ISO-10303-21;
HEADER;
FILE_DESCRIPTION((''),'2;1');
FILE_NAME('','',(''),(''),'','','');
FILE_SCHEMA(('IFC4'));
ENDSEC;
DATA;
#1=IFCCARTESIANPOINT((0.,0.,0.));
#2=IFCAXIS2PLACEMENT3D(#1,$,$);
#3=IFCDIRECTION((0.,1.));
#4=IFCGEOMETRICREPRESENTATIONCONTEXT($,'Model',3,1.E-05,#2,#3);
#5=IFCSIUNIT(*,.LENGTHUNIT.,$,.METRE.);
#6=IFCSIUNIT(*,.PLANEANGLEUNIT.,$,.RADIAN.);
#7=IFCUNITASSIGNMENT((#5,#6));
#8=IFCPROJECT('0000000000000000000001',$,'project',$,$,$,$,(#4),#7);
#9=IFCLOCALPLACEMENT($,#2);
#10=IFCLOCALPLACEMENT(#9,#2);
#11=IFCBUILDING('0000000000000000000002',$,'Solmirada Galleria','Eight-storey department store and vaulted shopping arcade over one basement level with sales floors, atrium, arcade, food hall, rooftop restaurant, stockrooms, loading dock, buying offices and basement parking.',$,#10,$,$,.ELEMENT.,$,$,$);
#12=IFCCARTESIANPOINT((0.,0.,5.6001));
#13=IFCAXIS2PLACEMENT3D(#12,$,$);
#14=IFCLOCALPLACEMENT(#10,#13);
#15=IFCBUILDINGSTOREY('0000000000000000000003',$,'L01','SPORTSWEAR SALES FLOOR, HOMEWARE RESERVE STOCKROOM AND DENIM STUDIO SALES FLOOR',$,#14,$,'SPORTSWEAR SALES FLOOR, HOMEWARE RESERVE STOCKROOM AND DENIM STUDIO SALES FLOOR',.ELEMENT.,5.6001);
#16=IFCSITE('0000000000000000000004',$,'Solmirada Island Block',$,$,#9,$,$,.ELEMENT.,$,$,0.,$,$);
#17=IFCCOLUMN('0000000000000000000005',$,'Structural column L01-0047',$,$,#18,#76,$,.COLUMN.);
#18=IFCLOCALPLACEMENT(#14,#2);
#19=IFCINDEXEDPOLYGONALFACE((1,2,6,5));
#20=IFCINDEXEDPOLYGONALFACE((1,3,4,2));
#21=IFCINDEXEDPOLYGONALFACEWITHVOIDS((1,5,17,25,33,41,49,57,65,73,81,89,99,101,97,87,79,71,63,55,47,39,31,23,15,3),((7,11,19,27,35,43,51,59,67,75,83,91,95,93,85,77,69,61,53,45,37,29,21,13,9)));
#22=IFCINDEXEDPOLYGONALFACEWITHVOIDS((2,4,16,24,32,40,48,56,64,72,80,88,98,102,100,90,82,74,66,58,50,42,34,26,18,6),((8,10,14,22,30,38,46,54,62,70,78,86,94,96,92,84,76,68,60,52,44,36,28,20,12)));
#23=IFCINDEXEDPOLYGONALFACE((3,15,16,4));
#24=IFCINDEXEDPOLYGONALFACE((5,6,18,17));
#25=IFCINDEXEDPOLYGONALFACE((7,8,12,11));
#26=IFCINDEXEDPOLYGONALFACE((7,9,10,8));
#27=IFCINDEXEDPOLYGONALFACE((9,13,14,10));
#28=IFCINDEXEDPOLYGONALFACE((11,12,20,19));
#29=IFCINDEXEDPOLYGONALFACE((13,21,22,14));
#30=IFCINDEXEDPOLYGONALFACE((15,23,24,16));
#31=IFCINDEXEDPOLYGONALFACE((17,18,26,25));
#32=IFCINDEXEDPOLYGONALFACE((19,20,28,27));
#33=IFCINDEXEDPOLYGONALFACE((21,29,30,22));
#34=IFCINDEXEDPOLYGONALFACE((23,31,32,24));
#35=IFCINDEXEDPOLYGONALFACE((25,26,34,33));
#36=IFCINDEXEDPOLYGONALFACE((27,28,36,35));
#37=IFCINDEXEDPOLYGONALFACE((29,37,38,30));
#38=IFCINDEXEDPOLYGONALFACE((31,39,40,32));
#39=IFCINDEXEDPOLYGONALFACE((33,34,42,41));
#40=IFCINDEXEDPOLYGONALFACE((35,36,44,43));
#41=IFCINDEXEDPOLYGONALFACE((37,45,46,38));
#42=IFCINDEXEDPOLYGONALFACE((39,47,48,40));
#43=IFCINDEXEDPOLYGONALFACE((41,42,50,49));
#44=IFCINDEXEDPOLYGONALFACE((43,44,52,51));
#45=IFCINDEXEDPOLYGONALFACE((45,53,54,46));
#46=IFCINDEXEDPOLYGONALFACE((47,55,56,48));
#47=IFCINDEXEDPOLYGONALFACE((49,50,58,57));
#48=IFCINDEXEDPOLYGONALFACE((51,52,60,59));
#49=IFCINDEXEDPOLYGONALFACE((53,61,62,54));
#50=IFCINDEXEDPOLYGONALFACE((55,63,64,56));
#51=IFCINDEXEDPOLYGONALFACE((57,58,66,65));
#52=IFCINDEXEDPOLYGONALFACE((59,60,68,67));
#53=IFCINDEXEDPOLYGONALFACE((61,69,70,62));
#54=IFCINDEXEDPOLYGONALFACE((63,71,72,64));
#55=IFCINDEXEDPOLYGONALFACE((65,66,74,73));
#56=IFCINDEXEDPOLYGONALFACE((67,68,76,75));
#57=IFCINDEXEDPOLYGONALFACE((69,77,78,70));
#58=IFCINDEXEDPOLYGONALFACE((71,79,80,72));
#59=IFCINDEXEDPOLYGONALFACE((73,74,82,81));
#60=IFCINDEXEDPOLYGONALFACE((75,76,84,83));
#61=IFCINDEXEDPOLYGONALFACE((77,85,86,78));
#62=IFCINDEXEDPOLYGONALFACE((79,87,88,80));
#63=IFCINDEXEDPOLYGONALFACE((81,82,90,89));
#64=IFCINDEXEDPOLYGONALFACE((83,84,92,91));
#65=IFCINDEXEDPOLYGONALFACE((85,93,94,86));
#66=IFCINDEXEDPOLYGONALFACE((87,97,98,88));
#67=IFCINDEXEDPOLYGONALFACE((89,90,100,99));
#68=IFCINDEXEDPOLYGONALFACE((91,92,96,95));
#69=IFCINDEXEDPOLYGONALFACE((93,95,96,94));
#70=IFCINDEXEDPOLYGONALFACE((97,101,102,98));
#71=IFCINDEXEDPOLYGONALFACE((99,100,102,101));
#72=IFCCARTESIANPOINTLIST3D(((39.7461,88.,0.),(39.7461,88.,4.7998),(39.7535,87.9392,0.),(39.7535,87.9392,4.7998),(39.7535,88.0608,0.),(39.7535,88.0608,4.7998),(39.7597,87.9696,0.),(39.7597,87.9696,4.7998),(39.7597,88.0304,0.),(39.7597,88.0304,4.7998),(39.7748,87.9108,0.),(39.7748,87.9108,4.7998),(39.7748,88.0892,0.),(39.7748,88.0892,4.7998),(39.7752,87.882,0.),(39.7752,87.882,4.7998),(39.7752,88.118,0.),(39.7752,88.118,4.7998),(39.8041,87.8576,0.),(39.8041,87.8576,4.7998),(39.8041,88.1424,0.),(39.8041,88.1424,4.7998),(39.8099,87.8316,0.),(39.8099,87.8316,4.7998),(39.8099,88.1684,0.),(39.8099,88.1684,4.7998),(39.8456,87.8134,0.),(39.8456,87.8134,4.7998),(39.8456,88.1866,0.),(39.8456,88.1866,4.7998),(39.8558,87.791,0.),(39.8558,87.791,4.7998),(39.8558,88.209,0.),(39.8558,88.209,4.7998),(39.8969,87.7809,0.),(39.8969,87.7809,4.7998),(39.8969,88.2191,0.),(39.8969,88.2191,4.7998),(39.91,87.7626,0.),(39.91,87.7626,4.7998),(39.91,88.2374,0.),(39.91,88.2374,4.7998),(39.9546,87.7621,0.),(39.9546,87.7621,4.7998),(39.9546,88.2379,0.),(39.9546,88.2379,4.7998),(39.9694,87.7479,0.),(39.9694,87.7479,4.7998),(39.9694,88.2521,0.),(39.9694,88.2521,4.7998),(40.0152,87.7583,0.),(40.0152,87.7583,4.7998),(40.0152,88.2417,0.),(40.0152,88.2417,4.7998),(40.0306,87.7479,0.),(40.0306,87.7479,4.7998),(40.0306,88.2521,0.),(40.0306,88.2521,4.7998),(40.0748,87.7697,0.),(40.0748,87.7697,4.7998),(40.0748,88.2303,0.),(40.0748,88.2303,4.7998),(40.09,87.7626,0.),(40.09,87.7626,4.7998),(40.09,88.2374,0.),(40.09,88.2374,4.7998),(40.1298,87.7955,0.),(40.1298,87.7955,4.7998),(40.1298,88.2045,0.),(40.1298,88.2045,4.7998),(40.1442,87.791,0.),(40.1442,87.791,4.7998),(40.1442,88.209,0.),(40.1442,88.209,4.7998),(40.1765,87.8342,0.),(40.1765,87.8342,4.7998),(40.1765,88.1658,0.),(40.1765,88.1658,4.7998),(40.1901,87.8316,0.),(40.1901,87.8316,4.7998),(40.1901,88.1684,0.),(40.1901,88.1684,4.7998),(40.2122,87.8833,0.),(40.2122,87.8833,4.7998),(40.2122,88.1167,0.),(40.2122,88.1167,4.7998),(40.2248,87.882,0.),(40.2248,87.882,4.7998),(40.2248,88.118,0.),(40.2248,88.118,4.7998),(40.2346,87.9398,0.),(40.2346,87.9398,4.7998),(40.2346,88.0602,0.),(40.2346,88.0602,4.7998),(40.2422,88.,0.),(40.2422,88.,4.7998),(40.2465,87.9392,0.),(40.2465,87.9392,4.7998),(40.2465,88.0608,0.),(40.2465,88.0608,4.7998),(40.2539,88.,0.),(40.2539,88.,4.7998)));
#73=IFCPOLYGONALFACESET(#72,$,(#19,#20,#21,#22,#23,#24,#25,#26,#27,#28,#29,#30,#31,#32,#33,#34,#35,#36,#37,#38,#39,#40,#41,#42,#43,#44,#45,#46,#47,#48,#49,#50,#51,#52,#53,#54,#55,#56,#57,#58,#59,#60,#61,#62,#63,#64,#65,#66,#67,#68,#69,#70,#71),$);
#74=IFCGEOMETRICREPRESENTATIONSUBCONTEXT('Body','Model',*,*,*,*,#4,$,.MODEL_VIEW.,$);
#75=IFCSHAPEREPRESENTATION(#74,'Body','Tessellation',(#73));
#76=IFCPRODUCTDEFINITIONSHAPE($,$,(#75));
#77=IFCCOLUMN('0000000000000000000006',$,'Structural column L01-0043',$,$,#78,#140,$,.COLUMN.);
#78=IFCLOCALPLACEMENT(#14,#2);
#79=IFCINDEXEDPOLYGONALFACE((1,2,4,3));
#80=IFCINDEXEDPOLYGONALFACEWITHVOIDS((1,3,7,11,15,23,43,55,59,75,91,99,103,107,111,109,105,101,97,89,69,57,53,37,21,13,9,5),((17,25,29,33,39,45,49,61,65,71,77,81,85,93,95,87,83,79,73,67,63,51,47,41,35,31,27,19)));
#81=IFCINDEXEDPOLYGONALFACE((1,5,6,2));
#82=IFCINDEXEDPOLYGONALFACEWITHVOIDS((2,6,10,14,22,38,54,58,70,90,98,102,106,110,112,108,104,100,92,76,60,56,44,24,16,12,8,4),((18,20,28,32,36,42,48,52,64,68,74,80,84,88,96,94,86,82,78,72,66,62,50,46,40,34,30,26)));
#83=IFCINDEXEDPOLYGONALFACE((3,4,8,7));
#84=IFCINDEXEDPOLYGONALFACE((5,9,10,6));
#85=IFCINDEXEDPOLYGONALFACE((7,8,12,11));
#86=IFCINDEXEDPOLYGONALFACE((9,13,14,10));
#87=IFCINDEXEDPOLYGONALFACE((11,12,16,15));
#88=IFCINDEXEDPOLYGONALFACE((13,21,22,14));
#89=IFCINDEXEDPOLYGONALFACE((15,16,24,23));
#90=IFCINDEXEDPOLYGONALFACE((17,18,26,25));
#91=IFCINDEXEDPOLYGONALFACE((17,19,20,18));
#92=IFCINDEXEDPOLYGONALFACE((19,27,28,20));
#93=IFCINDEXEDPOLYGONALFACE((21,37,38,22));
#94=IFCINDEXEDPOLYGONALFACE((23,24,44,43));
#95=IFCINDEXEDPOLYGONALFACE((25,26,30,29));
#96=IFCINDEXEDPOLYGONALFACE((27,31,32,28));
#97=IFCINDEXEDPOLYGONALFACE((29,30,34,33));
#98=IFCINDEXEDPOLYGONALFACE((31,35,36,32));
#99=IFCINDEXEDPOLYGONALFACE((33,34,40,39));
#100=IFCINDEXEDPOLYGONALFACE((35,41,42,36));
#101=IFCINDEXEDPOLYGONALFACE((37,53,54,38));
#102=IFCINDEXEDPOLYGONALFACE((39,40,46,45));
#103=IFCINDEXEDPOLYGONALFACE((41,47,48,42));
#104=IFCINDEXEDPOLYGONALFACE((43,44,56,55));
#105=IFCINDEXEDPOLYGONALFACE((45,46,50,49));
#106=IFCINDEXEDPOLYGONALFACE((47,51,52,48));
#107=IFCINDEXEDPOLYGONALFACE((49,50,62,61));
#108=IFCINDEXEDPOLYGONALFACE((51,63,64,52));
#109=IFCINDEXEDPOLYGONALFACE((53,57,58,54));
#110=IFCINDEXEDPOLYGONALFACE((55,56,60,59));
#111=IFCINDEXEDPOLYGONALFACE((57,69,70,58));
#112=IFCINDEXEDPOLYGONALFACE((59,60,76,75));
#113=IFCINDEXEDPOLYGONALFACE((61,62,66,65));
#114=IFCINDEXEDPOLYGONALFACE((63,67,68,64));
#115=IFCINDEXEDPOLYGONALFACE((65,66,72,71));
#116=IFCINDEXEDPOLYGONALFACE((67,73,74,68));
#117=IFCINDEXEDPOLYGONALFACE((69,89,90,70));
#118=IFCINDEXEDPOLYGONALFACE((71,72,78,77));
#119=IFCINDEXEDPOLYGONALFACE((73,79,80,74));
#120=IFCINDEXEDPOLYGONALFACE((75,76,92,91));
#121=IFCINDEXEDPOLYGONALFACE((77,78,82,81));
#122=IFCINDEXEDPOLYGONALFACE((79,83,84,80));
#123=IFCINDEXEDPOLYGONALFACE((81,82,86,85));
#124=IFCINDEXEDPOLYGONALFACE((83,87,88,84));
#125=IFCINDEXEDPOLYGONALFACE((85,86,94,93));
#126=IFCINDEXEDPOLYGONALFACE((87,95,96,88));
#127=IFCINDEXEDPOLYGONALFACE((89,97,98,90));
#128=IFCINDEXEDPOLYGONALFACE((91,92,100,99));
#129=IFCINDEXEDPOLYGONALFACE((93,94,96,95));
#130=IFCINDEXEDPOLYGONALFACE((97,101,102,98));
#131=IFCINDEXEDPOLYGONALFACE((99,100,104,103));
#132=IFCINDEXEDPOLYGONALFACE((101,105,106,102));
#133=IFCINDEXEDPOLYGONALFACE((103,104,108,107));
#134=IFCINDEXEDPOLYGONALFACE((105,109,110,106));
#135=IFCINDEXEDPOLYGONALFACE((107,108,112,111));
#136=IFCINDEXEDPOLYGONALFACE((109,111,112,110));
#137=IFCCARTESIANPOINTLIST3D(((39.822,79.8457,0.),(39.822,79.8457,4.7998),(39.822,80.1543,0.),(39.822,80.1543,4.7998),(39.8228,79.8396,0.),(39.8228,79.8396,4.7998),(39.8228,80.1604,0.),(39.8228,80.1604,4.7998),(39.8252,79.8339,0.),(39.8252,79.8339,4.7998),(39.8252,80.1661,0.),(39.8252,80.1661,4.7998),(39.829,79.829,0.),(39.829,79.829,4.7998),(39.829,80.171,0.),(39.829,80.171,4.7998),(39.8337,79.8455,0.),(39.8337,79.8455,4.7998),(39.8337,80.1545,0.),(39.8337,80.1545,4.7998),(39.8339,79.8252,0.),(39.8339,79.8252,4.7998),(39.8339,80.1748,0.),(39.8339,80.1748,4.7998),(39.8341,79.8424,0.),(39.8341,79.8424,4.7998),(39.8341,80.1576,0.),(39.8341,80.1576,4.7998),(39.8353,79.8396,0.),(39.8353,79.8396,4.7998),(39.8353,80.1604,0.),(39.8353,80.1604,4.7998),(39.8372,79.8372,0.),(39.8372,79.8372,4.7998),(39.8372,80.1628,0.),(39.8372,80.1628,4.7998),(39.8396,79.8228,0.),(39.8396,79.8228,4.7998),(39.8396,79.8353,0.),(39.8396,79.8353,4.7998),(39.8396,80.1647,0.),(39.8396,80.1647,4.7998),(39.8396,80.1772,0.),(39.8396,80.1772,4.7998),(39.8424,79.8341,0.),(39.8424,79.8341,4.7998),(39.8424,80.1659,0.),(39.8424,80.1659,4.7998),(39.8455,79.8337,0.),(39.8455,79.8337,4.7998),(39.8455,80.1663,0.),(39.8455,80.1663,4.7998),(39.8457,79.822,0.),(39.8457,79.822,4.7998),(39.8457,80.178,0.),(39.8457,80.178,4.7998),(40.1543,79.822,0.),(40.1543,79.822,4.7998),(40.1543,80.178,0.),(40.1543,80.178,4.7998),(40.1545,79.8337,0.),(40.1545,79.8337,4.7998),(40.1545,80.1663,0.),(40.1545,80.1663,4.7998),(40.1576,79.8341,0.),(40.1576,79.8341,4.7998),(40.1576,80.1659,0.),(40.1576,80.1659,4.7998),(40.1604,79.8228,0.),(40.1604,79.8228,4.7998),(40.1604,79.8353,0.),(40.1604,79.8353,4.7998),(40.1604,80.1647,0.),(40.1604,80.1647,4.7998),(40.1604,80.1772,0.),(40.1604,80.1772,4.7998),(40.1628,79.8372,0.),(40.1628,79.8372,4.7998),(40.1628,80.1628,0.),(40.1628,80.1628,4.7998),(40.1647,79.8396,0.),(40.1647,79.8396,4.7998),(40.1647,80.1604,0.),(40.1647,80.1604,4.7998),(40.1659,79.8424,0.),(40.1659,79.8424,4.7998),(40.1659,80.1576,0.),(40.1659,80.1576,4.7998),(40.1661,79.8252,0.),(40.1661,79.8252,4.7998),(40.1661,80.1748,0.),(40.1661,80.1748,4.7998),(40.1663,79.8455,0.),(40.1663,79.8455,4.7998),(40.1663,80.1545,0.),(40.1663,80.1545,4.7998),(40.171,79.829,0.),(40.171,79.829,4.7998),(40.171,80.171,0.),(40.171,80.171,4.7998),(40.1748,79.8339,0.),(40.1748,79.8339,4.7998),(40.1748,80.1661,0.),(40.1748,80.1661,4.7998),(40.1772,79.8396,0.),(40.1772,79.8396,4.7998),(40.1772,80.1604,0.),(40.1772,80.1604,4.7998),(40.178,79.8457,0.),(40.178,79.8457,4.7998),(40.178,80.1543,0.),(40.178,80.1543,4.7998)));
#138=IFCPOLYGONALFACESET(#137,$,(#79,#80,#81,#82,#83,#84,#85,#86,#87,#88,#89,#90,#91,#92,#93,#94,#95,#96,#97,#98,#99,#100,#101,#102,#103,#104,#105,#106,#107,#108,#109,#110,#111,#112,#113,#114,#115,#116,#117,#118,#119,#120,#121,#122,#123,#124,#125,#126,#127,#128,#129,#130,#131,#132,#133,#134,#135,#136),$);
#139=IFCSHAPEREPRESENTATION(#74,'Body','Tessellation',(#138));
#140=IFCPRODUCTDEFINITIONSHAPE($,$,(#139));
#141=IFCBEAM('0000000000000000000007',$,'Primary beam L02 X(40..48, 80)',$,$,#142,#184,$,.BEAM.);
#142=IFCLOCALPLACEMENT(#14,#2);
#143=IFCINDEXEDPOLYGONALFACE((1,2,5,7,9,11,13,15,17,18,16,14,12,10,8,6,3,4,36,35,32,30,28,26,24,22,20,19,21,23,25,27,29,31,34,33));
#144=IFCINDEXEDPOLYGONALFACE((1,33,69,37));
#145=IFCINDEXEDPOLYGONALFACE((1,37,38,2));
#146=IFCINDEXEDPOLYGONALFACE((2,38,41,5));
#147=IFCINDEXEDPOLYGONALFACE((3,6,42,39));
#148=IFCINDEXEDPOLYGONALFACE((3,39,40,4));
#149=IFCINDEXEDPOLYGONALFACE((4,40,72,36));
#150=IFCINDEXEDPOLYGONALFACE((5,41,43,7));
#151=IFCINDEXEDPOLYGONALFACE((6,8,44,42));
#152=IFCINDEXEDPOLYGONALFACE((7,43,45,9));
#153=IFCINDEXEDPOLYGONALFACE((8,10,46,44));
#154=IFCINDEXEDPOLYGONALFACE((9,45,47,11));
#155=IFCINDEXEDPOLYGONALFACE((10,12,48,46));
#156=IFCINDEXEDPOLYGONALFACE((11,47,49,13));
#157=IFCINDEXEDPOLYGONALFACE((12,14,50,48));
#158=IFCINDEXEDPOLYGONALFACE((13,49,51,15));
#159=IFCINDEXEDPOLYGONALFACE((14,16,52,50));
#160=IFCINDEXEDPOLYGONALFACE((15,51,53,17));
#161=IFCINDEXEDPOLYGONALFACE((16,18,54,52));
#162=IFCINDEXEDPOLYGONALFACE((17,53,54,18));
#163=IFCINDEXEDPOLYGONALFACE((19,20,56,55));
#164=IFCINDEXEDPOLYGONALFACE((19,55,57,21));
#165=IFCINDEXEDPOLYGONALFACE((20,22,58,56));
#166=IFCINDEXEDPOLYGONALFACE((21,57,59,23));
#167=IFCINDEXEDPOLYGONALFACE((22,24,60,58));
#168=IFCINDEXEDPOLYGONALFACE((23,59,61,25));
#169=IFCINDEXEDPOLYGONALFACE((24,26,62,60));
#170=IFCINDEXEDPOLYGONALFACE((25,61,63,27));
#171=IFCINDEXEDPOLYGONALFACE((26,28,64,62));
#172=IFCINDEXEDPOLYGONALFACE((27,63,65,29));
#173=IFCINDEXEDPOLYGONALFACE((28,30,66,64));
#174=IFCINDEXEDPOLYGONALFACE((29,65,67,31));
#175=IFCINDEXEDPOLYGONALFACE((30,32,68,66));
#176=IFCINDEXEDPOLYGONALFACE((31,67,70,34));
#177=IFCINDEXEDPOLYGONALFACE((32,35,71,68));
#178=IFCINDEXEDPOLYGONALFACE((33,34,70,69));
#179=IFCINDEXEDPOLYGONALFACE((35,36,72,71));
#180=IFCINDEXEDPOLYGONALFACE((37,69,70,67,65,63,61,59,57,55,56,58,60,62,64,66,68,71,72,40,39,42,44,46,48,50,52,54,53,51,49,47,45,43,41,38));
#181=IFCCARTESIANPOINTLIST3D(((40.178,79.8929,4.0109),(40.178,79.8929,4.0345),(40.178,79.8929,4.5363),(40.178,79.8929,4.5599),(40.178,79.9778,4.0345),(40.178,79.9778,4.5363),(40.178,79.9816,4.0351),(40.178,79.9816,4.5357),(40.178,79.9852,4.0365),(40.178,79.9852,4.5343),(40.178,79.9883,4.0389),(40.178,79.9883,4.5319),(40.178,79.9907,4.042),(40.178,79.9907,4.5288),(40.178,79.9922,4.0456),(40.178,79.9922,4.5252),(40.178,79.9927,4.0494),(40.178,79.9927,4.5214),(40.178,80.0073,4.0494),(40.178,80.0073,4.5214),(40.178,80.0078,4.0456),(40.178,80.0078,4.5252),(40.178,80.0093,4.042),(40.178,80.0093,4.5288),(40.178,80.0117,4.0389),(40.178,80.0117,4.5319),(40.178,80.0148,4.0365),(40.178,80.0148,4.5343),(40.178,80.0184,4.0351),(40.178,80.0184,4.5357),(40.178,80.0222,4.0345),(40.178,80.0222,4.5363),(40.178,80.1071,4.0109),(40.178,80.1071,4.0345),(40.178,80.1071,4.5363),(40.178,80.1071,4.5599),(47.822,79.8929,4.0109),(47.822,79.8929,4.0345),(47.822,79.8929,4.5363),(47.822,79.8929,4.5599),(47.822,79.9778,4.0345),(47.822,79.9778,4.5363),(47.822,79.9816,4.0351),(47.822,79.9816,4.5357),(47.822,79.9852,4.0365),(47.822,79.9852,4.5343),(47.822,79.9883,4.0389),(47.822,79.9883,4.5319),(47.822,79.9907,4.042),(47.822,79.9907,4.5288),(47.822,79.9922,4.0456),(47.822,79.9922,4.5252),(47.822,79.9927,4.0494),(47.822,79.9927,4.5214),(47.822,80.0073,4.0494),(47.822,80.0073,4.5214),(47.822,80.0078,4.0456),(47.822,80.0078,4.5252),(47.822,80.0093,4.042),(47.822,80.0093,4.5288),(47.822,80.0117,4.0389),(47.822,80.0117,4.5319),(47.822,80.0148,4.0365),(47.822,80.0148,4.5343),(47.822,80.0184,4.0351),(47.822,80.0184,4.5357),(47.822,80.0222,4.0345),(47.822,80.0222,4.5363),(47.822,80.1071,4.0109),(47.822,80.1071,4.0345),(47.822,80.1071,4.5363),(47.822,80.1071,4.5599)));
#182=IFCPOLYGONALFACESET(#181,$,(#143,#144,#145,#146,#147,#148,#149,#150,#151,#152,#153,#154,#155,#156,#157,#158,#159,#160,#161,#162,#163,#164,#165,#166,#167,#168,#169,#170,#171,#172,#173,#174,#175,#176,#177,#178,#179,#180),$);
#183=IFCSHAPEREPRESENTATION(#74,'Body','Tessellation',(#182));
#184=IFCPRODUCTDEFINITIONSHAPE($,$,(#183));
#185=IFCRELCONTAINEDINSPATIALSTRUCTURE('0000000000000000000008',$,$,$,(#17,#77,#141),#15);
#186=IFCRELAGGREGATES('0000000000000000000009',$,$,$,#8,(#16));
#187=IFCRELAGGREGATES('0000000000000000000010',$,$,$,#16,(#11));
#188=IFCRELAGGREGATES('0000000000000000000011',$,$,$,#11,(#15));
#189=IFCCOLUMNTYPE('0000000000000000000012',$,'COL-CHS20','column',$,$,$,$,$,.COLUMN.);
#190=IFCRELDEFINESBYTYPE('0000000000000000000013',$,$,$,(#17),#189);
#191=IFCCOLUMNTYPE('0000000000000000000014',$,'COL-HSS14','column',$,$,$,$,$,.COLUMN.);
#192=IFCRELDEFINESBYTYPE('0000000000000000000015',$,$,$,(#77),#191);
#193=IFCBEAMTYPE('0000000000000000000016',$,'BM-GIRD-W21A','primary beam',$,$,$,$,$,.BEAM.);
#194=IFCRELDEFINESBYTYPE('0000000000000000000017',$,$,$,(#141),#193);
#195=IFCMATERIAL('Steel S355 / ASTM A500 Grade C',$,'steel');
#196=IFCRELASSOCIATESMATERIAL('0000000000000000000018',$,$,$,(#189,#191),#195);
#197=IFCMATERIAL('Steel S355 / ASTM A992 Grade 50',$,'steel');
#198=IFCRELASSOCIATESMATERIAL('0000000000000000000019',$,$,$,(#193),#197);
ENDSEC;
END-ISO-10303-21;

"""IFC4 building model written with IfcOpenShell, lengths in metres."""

from ifc_helpers import new_model, si_unit, direction, frame, origin, origin_2d, place, context, subcontext, project, spatial, hollow_rectangle, hollow_circle, i_section, extrude, material, material_profile, profile_set, type_object, element, save


model = new_model("IFC4")

# Units and contexts
model_context = context("Model", 3, precision=1e-05, world=origin(), true_north=direction((0.0, 1.0)))
body_context = subcontext(model_context, "Body", "Model", "MODEL_VIEW")
ifc_project = project(units=[si_unit("LENGTHUNIT", "METRE"), si_unit("PLANEANGLEUNIT", "RADIAN")], contexts=[model_context])

# Site, building, storey
site_placement = place(None, origin())
site = spatial("IfcSite", under=ifc_project, at=site_placement, Name="Solmirada Island Block", CompositionType="ELEMENT", RefElevation=0.0)
building_placement = place(site_placement, origin())
building = spatial("IfcBuilding", under=site, at=building_placement, Name="Solmirada Galleria", Description="Eight-storey department store and vaulted shopping arcade over one basement level with sales floors, atrium, arcade, food hall, rooftop restaurant, stockrooms, loading dock, buying offices and basement parking.", CompositionType="ELEMENT")
storey_placement = place(building_placement, frame((0.0, 0.0, 5.6001)))
storey = spatial("IfcBuildingStorey", under=building, at=storey_placement, Name="L01", Description="SPORTSWEAR SALES FLOOR, HOMEWARE RESERVE STOCKROOM AND DENIM STUDIO SALES FLOOR", LongName="SPORTSWEAR SALES FLOOR, HOMEWARE RESERVE STOCKROOM AND DENIM STUDIO SALES FLOOR", CompositionType="ELEMENT", Elevation=5.6001)

# Columns
ifc_material_1 = material(Name="Steel S355 / ASTM A500 Grade C", Category="steel")
ifc_material_profile_1 = material_profile(ifc_material_1, hollow_circle(Radius=0.2539, WallThickness=0.0117, at=origin_2d()), Name="HSS20.000X0.500")
ifc_profile_set_1 = profile_set([ifc_material_profile_1], Name="Steel S355 / ASTM A500 Grade C")
column_type_1 = type_object("IfcColumnType", Name="COL-CHS20", Description="column", PredefinedType="COLUMN", material=ifc_profile_set_1)
column_1_placement = place(storey_placement, frame((40.0, 88.0, 0.0), z_axis=(0.0, 0.0, 1.0), x_axis=(1.0, 0.0, 0.0)))
element("IfcColumn", 1, at=column_1_placement, inside=storey, type_object=column_type_1, Name="Structural column L01-0047", PredefinedType="COLUMN", context=body_context, shape_type="SweptSolid", body=[
    extrude(hollow_circle(Radius=0.2539, WallThickness=0.0117, at=origin_2d()), origin(), (0.0, 0.0, 1.0), 4.7998),
])
ifc_material_profile_2 = material_profile(ifc_material_1, hollow_rectangle(XDim=0.356, YDim=0.356, WallThickness=0.0117, InnerFilletRadius=0.0117, OuterFilletRadius=0.0237, at=origin_2d()), Name="HSS14X14X1/2")
ifc_profile_set_2 = profile_set([ifc_material_profile_2], Name="Steel S355 / ASTM A500 Grade C")
column_type_2 = type_object("IfcColumnType", Name="COL-HSS14", Description="column", PredefinedType="COLUMN", material=ifc_profile_set_2)
column_2_placement = place(storey_placement, frame((40.0, 80.0, 0.0), z_axis=(0.0, 0.0, 1.0), x_axis=(1.0, 0.0, 0.0)))
element("IfcColumn", 2, at=column_2_placement, inside=storey, type_object=column_type_2, Name="Structural column L01-0043", PredefinedType="COLUMN", context=body_context, shape_type="SweptSolid", body=[
    extrude(hollow_rectangle(XDim=0.356, YDim=0.356, WallThickness=0.0117, InnerFilletRadius=0.0117, OuterFilletRadius=0.0237, at=origin_2d()), origin(), (0.0, 0.0, 1.0), 4.7998),
])

# Beam
ifc_material_2 = material(Name="Steel S355 / ASTM A992 Grade 50", Category="steel")
ifc_material_profile_3 = material_profile(ifc_material_2, i_section(OverallWidth=0.2141, OverallDepth=0.5491, WebThickness=0.0146, FlangeThickness=0.0237, FilletRadius=0.0149, at=origin_2d()), Name="W21X93")
ifc_profile_set_3 = profile_set([ifc_material_profile_3], Name="Steel S355 / ASTM A992 Grade 50")
beam_type_1 = type_object("IfcBeamType", Name="BM-GIRD-W21A", Description="primary beam", PredefinedType="BEAM", material=ifc_profile_set_3)
beam_1_placement = place(storey_placement, frame((40.178, 80.0, 4.2854), z_axis=(1.0, 0.0, 0.0), x_axis=(0.0, 1.0, 0.0)))
element("IfcBeam", 3, at=beam_1_placement, inside=storey, type_object=beam_type_1, Name="Primary beam L02 X(40..48, 80)", PredefinedType="BEAM", context=body_context, shape_type="SweptSolid", body=[
    extrude(i_section(OverallWidth=0.2141, OverallDepth=0.5491, WebThickness=0.0146, FlangeThickness=0.0237, FilletRadius=0.0149, at=origin_2d()), origin(), (0.0, 0.0, 1.0), 7.644),
])

save(model, "model.ifc")
